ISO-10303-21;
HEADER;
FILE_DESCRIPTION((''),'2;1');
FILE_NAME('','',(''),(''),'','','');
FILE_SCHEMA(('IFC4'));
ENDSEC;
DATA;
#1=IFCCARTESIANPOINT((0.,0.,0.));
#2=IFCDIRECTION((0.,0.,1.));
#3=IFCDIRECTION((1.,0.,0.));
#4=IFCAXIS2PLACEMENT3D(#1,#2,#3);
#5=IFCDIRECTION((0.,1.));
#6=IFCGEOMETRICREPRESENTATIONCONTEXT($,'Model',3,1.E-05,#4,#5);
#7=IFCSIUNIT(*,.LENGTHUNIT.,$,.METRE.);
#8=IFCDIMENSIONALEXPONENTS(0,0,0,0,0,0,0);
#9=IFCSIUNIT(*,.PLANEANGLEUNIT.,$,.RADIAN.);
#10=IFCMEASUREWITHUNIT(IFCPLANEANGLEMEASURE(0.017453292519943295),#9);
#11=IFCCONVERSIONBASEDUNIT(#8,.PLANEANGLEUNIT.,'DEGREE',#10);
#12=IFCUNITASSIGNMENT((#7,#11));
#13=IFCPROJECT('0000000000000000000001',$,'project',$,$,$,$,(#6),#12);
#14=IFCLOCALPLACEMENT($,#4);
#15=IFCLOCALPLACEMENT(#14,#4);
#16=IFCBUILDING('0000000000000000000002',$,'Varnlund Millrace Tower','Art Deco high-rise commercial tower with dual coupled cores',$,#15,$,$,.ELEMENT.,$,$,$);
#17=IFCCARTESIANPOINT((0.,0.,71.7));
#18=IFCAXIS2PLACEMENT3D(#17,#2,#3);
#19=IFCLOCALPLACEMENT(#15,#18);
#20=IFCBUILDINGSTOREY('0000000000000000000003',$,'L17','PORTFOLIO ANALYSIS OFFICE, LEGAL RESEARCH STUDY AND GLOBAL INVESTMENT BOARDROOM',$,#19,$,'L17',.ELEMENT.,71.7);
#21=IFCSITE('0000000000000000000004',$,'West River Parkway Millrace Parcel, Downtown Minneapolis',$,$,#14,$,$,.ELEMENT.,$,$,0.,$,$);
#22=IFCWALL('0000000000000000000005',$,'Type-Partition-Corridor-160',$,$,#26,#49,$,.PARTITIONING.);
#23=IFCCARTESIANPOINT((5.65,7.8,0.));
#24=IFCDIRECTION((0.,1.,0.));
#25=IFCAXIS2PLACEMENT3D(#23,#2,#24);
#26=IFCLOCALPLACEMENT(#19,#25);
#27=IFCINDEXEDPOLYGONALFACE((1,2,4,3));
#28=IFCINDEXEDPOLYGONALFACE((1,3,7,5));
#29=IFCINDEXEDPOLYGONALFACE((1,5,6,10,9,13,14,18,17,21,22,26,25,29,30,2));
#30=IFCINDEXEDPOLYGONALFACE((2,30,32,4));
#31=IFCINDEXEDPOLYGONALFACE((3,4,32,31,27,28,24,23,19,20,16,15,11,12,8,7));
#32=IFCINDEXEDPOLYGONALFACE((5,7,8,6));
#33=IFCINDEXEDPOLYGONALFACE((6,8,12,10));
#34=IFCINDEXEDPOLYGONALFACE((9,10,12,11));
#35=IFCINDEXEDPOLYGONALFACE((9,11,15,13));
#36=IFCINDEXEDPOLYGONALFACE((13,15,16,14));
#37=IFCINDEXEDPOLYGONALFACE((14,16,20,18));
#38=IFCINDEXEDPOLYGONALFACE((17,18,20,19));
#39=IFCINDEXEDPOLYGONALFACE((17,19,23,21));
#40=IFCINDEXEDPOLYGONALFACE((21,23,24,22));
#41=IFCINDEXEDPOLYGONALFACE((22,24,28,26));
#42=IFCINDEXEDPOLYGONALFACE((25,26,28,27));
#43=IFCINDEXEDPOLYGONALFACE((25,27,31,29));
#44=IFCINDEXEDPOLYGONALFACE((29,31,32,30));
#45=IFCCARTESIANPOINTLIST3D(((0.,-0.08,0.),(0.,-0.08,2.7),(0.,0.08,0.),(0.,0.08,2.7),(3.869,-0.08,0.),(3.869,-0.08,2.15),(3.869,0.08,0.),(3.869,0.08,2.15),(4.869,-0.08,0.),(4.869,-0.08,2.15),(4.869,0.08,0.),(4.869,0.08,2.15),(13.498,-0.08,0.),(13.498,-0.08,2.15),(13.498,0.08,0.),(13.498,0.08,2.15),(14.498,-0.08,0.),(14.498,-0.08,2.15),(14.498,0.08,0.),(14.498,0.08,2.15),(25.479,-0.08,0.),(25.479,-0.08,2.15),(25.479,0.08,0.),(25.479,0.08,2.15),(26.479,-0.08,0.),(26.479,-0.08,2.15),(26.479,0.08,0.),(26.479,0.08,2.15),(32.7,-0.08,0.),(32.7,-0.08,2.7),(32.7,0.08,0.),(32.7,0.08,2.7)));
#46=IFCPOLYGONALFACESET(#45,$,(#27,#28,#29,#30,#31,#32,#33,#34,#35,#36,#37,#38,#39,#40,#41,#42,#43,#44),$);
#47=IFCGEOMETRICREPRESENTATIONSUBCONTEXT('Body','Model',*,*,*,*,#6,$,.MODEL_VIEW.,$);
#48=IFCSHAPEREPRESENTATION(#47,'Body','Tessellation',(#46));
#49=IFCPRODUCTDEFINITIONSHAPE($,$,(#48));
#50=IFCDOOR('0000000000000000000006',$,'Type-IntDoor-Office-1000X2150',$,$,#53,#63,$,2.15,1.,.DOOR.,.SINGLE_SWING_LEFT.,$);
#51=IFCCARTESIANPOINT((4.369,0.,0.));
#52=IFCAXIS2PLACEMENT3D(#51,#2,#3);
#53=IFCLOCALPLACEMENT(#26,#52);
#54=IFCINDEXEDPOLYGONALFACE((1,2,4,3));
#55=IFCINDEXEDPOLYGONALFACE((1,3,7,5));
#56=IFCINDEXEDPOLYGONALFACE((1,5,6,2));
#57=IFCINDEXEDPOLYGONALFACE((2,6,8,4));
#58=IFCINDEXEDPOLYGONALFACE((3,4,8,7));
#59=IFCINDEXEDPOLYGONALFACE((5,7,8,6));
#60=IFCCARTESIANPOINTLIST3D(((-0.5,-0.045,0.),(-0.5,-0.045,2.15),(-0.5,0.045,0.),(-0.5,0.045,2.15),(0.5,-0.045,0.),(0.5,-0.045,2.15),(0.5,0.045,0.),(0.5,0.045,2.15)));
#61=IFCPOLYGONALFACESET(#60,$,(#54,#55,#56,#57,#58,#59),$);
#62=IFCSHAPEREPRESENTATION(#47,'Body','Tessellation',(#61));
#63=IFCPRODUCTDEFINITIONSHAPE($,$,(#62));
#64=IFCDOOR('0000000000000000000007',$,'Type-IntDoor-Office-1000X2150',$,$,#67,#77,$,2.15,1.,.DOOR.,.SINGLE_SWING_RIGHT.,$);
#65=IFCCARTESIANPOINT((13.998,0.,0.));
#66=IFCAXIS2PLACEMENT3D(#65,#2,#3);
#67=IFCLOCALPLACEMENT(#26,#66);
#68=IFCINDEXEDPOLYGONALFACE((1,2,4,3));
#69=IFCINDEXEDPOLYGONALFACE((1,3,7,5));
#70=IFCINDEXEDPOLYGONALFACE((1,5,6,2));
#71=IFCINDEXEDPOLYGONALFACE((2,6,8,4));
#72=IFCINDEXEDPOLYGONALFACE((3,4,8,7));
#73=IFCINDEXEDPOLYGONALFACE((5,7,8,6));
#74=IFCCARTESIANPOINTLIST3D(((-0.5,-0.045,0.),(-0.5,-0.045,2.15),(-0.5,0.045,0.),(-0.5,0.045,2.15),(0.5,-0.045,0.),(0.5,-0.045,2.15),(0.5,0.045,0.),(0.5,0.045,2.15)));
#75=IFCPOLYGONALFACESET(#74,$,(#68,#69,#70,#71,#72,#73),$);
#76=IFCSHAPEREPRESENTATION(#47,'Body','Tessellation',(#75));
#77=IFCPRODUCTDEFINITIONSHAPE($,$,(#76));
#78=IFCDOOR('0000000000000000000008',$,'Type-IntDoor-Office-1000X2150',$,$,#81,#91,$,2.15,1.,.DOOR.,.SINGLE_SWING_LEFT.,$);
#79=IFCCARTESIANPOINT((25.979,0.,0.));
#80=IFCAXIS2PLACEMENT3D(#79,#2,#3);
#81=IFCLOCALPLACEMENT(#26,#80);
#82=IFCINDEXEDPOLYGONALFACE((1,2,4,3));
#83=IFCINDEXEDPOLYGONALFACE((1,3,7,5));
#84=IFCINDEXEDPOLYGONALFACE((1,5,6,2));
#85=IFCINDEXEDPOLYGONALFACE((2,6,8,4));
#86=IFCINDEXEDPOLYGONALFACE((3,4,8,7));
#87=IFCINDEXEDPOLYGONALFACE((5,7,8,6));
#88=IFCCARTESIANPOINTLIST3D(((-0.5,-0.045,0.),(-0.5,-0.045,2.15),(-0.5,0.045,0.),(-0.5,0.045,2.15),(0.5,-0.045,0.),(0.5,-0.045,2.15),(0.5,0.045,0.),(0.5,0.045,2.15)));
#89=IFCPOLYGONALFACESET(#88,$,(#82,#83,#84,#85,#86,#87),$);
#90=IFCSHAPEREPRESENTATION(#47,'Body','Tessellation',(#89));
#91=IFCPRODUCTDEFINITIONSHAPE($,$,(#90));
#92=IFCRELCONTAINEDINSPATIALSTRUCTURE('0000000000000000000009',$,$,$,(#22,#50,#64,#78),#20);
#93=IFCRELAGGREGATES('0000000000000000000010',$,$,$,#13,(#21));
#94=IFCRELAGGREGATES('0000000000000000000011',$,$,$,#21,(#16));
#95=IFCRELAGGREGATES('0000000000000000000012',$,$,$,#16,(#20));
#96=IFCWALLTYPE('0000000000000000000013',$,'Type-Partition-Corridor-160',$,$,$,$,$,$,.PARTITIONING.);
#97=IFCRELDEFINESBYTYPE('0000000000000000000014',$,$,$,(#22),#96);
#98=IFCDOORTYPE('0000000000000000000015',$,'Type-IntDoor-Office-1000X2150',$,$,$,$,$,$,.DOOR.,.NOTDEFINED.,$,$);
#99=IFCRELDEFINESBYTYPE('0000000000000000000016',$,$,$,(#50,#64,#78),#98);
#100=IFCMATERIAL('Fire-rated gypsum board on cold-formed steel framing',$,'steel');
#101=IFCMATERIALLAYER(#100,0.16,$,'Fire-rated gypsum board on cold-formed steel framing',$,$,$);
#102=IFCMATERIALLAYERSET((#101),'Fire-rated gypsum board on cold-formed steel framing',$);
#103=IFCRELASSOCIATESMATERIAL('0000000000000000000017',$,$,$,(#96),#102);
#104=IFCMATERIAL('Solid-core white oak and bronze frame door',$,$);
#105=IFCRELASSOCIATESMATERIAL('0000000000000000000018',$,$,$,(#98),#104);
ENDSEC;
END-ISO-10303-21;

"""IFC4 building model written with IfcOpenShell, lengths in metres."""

from ifc_helpers import new_model, entity, si_unit, converted_unit, direction, frame, origin_with_axes, origin_2d_with_axis, place, context, subcontext, project, spatial, polyline, rectangle, outline, extrude, material, layer, layer_set, type_object, element, fill, save


model = new_model("IFC4")

# Units and contexts
model_context = context("Model", 3, precision=1e-05, world=origin_with_axes(), true_north=direction((0.0, 1.0)))
body_context = subcontext(model_context, "Body", "Model", "MODEL_VIEW")
ifc_project = project(units=[si_unit("LENGTHUNIT", "METRE"), converted_unit("PLANEANGLEUNIT", "DEGREE", entity("IfcPlaneAngleMeasure", 0.017453292519943295), si_unit("PLANEANGLEUNIT", "RADIAN"), dimensions=[0, 0, 0, 0, 0, 0, 0])], contexts=[model_context])

# Site, building, storey
site_placement = place(None, origin_with_axes())
site = spatial("IfcSite", under=ifc_project, at=site_placement, Name="West River Parkway Millrace Parcel, Downtown Minneapolis", CompositionType="ELEMENT", RefElevation=0.0)
building_placement = place(site_placement, origin_with_axes())
building = spatial("IfcBuilding", under=site, at=building_placement, Name="Varnlund Millrace Tower", Description="Art Deco high-rise commercial tower with dual coupled cores", CompositionType="ELEMENT")
storey_placement = place(building_placement, frame((0.0, 0.0, 71.7), z_axis=(0.0, 0.0, 1.0), x_axis=(1.0, 0.0, 0.0)))
storey = spatial("IfcBuildingStorey", under=building, at=storey_placement, Name="L17", Description="PORTFOLIO ANALYSIS OFFICE, LEGAL RESEARCH STUDY AND GLOBAL INVESTMENT BOARDROOM", LongName="L17", CompositionType="ELEMENT", Elevation=71.7)

# Wall, openings, doors
ifc_material_1 = material(Name="Fire-rated gypsum board on cold-formed steel framing", Category="steel")
ifc_layer_1 = layer(ifc_material_1, 0.16, Name="Fire-rated gypsum board on cold-formed steel framing")
ifc_layer_set_1 = layer_set([ifc_layer_1], Name="Fire-rated gypsum board on cold-formed steel framing")
wall_type_1 = type_object("IfcWallType", Name="Type-Partition-Corridor-160", PredefinedType="PARTITIONING", material=ifc_layer_set_1)
ifc_material_2 = material(Name="Solid-core white oak and bronze frame door")
door_type = type_object("IfcDoorType", Name="Type-IntDoor-Office-1000X2150", OperationType="NOTDEFINED", PredefinedType="DOOR", material=ifc_material_2)
wall_1_placement = place(storey_placement, frame((5.65, 7.8, 0.0), z_axis=(0.0, 0.0, 1.0), x_axis=(0.0, 1.0, 0.0)))
wall_1 = element("IfcWall", 1, at=wall_1_placement, inside=storey, type_object=wall_type_1, Name="Type-Partition-Corridor-160", PredefinedType="PARTITIONING", context=body_context, shape_type="SweptSolid", body=[
    extrude(outline(polyline([(0.0, -0.08), (32.7, -0.08), (32.7, 0.08), (0.0, 0.08), (0.0, -0.08)])), origin_with_axes(), (0.0, 0.0, 1.0), 2.7),
])
opening_1_placement = place(wall_1_placement, frame((4.369, 0.0, 0.0), z_axis=(0.0, 0.0, 1.0), x_axis=(1.0, 0.0, 0.0)))
opening_1 = element("IfcOpeningElement", 2, at=opening_1_placement, cuts=wall_1, PredefinedType="OPENING", context=body_context, shape_type="SweptSolid", body=[
    extrude(rectangle(XDim=1.0, YDim=0.18, at=origin_2d_with_axis()), origin_with_axes(), (0.0, 0.0, 1.0), 2.15),
])
opening_2_placement = place(wall_1_placement, frame((13.998, 0.0, 0.0), z_axis=(0.0, 0.0, 1.0), x_axis=(1.0, 0.0, 0.0)))
opening_2 = element("IfcOpeningElement", 3, at=opening_2_placement, cuts=wall_1, PredefinedType="OPENING", context=body_context, shape_type="SweptSolid", body=[
    extrude(rectangle(XDim=1.0, YDim=0.18, at=origin_2d_with_axis()), origin_with_axes(), (0.0, 0.0, 1.0), 2.15),
])
opening_3_placement = place(wall_1_placement, frame((25.979, 0.0, 0.0), z_axis=(0.0, 0.0, 1.0), x_axis=(1.0, 0.0, 0.0)))
opening_3 = element("IfcOpeningElement", 4, at=opening_3_placement, cuts=wall_1, PredefinedType="OPENING", context=body_context, shape_type="SweptSolid", body=[
    extrude(rectangle(XDim=1.0, YDim=0.18, at=origin_2d_with_axis()), origin_with_axes(), (0.0, 0.0, 1.0), 2.15),
])
door_1_placement = place(wall_1_placement, frame((4.369, 0.0, 0.0), z_axis=(0.0, 0.0, 1.0), x_axis=(1.0, 0.0, 0.0)))
door_1 = element("IfcDoor", 5, at=door_1_placement, inside=storey, type_object=door_type, Name="Type-IntDoor-Office-1000X2150", OperationType="SINGLE_SWING_LEFT", OverallHeight=2.15, OverallWidth=1.0, PredefinedType="DOOR", context=body_context, shape_type="SweptSolid", body=[
    extrude(rectangle(XDim=1.0, YDim=0.09, at=origin_2d_with_axis()), origin_with_axes(), (0.0, 0.0, 1.0), 2.15),
])
fill(opening_1, door_1)
door_2_placement = place(wall_1_placement, frame((13.998, 0.0, 0.0), z_axis=(0.0, 0.0, 1.0), x_axis=(1.0, 0.0, 0.0)))
door_2 = element("IfcDoor", 6, at=door_2_placement, inside=storey, type_object=door_type, Name="Type-IntDoor-Office-1000X2150", OperationType="SINGLE_SWING_RIGHT", OverallHeight=2.15, OverallWidth=1.0, PredefinedType="DOOR", context=body_context, shape_type="SweptSolid", body=[
    extrude(rectangle(XDim=1.0, YDim=0.09, at=origin_2d_with_axis()), origin_with_axes(), (0.0, 0.0, 1.0), 2.15),
])
fill(opening_2, door_2)
door_3_placement = place(wall_1_placement, frame((25.979, 0.0, 0.0), z_axis=(0.0, 0.0, 1.0), x_axis=(1.0, 0.0, 0.0)))
door_3 = element("IfcDoor", 7, at=door_3_placement, inside=storey, type_object=door_type, Name="Type-IntDoor-Office-1000X2150", OperationType="SINGLE_SWING_LEFT", OverallHeight=2.15, OverallWidth=1.0, PredefinedType="DOOR", context=body_context, shape_type="SweptSolid", body=[
    extrude(rectangle(XDim=1.0, YDim=0.09, at=origin_2d_with_axis()), origin_with_axes(), (0.0, 0.0, 1.0), 2.15),
])
fill(opening_3, door_3)

save(model, "model.ifc")
